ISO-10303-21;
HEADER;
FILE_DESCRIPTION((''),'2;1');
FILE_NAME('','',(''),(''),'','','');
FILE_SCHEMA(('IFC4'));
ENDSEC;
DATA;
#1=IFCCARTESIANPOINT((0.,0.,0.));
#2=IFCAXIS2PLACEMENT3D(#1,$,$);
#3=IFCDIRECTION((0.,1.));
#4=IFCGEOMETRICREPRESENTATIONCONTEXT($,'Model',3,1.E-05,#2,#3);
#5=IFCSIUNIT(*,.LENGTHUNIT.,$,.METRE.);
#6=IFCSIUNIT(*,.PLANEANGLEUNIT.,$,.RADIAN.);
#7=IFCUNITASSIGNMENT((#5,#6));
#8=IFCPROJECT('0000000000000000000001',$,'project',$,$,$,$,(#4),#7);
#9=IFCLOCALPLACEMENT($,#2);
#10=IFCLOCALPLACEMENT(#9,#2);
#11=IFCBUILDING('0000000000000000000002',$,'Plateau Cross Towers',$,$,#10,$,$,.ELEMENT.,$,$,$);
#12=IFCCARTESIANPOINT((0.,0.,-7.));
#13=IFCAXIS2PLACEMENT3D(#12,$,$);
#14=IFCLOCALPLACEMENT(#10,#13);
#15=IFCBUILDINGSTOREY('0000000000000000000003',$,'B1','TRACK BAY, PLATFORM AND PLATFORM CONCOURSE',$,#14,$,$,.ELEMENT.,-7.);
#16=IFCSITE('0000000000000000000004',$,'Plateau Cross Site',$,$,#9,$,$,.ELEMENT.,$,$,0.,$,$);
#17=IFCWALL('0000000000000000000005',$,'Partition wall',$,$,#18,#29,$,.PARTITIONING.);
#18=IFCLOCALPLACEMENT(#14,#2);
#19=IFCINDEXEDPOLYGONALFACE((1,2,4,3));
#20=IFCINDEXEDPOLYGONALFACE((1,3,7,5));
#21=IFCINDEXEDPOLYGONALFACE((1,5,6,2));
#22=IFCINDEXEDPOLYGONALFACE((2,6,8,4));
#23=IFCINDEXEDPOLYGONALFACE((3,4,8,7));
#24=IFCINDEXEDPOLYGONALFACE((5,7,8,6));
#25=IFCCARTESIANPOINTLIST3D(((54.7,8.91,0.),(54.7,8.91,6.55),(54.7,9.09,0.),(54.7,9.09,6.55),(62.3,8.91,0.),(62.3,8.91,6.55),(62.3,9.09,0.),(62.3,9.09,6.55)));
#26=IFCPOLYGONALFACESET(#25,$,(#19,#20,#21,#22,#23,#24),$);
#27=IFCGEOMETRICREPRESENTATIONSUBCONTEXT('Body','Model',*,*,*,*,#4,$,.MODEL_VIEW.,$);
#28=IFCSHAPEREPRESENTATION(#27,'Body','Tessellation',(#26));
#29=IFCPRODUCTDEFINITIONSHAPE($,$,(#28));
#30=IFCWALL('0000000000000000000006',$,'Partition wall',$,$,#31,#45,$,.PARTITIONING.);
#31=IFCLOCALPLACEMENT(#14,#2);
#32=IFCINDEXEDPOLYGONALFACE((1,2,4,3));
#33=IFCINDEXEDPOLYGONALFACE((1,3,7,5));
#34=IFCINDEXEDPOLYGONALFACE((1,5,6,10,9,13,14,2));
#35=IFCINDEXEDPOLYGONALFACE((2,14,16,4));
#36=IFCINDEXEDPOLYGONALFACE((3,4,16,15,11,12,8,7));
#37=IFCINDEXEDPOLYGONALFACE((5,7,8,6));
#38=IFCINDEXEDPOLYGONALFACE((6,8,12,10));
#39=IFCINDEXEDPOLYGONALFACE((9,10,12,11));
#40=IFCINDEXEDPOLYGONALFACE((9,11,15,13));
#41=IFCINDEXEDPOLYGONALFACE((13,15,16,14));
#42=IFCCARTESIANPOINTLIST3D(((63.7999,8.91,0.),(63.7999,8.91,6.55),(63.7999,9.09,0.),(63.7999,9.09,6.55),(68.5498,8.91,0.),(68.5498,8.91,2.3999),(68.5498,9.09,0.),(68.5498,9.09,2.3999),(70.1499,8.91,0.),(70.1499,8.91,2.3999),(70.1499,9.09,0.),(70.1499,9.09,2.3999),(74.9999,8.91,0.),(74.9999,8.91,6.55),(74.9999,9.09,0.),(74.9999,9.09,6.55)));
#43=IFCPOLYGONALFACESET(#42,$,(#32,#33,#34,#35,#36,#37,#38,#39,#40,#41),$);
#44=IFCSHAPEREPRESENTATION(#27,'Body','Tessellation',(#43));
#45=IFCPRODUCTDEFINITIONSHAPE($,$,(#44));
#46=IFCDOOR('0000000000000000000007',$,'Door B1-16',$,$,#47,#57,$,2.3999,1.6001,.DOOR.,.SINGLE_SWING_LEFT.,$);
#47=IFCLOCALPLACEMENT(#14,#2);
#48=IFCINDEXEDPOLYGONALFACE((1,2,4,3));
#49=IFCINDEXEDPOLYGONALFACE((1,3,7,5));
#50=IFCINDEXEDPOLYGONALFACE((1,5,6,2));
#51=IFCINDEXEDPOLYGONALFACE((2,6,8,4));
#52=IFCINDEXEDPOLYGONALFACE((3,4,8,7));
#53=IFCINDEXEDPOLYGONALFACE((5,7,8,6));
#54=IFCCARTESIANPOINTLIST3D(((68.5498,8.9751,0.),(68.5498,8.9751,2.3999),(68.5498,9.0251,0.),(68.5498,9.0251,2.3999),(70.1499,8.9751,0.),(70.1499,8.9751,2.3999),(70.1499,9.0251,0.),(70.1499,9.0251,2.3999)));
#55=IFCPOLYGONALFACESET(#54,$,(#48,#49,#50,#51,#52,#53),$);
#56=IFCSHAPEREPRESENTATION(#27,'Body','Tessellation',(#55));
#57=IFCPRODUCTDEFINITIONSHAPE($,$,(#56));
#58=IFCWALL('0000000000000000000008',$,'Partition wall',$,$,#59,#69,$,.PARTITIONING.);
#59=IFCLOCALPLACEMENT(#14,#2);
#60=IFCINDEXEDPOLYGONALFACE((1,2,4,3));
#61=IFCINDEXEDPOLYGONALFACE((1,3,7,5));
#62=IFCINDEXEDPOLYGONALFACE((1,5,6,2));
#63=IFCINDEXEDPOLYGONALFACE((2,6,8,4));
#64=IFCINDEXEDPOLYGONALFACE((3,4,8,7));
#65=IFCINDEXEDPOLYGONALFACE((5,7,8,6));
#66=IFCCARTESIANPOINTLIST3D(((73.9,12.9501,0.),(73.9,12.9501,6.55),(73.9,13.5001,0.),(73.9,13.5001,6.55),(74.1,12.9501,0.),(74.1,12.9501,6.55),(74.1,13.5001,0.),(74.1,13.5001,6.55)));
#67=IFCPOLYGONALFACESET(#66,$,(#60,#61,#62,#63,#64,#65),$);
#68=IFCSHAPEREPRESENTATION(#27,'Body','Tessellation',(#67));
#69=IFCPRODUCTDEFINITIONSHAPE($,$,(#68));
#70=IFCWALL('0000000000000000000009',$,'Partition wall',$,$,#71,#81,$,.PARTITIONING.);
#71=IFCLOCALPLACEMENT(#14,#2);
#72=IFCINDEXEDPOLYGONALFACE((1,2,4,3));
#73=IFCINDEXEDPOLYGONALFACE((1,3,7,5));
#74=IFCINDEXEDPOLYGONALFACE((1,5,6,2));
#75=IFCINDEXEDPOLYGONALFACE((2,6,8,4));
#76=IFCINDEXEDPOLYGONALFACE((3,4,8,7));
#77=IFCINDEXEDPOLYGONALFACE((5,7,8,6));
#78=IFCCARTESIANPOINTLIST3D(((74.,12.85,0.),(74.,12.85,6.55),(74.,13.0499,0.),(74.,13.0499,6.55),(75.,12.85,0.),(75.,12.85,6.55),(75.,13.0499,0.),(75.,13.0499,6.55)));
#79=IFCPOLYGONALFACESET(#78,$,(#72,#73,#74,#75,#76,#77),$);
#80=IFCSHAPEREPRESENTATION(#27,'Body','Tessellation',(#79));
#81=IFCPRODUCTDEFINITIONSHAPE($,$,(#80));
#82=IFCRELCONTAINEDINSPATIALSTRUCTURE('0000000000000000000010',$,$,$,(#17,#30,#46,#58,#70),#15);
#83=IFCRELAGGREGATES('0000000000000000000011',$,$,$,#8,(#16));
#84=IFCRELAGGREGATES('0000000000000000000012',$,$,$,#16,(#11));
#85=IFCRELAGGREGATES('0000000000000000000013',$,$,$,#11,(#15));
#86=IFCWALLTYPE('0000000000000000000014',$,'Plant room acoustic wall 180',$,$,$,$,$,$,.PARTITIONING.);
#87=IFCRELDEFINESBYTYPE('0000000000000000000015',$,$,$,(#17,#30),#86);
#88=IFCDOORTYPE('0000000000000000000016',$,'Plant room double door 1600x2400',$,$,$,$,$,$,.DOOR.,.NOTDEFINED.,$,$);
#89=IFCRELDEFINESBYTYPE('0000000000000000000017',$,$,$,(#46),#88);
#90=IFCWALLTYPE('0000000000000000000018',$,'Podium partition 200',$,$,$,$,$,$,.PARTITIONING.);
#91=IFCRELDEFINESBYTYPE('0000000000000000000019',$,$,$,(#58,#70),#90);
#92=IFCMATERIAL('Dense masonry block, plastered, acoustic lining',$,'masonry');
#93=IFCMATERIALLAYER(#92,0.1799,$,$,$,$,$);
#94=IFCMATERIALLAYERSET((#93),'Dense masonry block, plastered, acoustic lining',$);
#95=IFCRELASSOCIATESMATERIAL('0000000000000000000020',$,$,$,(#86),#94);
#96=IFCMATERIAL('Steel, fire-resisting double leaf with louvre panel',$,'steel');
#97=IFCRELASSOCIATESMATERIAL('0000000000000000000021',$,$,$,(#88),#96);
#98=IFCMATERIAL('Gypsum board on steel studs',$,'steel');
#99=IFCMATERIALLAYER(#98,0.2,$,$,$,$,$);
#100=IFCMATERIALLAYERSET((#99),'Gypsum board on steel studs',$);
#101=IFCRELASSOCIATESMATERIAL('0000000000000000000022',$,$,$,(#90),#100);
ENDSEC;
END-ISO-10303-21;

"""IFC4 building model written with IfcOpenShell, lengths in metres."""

from ifc_helpers import new_model, si_unit, direction, frame, frame_2d, origin, place, context, subcontext, project, spatial, rectangle, extrude, material, layer, layer_set, type_object, element, fill, save


model = new_model("IFC4")

# Units and contexts
model_context = context("Model", 3, precision=1e-05, world=origin(), true_north=direction((0.0, 1.0)))
body_context = subcontext(model_context, "Body", "Model", "MODEL_VIEW")
ifc_project = project(units=[si_unit("LENGTHUNIT", "METRE"), si_unit("PLANEANGLEUNIT", "RADIAN")], contexts=[model_context])

# Site, building, storey
site_placement = place(None, origin())
site = spatial("IfcSite", under=ifc_project, at=site_placement, Name="Plateau Cross Site", CompositionType="ELEMENT", RefElevation=0.0)
building_placement = place(site_placement, origin())
building = spatial("IfcBuilding", under=site, at=building_placement, Name="Plateau Cross Towers", CompositionType="ELEMENT")
storey_placement = place(building_placement, frame((0.0, 0.0, -7.0)))
storey = spatial("IfcBuildingStorey", under=building, at=storey_placement, Name="B1", Description="TRACK BAY, PLATFORM AND PLATFORM CONCOURSE", CompositionType="ELEMENT", Elevation=-7.0)

# Wall
ifc_material_1 = material(Name="Dense masonry block, plastered, acoustic lining", Category="masonry")
ifc_layer_1 = layer(ifc_material_1, 0.1799)
ifc_layer_set_1 = layer_set([ifc_layer_1], Name="Dense masonry block, plastered, acoustic lining")
wall_type_1 = type_object("IfcWallType", Name="Plant room acoustic wall 180", PredefinedType="PARTITIONING", material=ifc_layer_set_1)
wall_1_placement = place(storey_placement, frame((62.3, 9.0, 0.0), z_axis=(0.0, 0.0, 1.0), x_axis=(-1.0, 0.0, 0.0)))
element("IfcWall", 1, at=wall_1_placement, inside=storey, type_object=wall_type_1, Name="Partition wall", PredefinedType="PARTITIONING", context=body_context, shape_type="SweptSolid", body=[
    extrude(rectangle(XDim=7.6001, YDim=0.1799, at=frame_2d((3.8, 0.0))), origin(), (0.0, 0.0, 1.0), 6.55),
])

# Wall, opening, door
wall_2_placement = place(storey_placement, frame((75.0, 9.0, 0.0), z_axis=(0.0, 0.0, 1.0), x_axis=(-1.0, 0.0, 0.0)))
wall_2 = element("IfcWall", 2, at=wall_2_placement, inside=storey, type_object=wall_type_1, Name="Partition wall", PredefinedType="PARTITIONING", context=body_context, shape_type="SweptSolid", body=[
    extrude(rectangle(XDim=11.2, YDim=0.1799, at=frame_2d((5.6001, 0.0))), origin(), (0.0, 0.0, 1.0), 6.55),
])
opening_placement = place(wall_2_placement, frame((4.8501, 0.0, 0.0)))
opening = element("IfcOpeningElement", 3, at=opening_placement, cuts=wall_2, PredefinedType="OPENING", context=body_context, shape_type="SweptSolid", body=[
    extrude(rectangle(XDim=1.6001, YDim=2.3999, at=frame_2d((0.8, 1.2))), frame((0.0, 0.0999, 0.0), z_axis=(0.0, -1.0, 0.0), x_axis=(1.0, 0.0, 0.0)), (0.0, 0.0, 1.0), 0.2),
])
ifc_material_2 = material(Name="Steel, fire-resisting double leaf with louvre panel", Category="steel")
door_type = type_object("IfcDoorType", Name="Plant room double door 1600x2400", OperationType="NOTDEFINED", PredefinedType="DOOR", material=ifc_material_2)
door_placement = place(opening_placement, origin())
door = element("IfcDoor", 4, at=door_placement, inside=storey, type_object=door_type, Name="Door B1-16", OperationType="SINGLE_SWING_LEFT", OverallHeight=2.3999, OverallWidth=1.6001, PredefinedType="DOOR", context=body_context, shape_type="SweptSolid", body=[
    extrude(rectangle(XDim=1.6001, YDim=2.3999, at=frame_2d((0.8, 1.2))), frame((0.0, 0.0249, 0.0), z_axis=(0.0, -1.0, 0.0), x_axis=(1.0, 0.0, 0.0)), (0.0, 0.0, 1.0), 0.05),
])
fill(opening, door)

# Walls
ifc_material_3 = material(Name="Gypsum board on steel studs", Category="steel")
ifc_layer_2 = layer(ifc_material_3, 0.2)
ifc_layer_set_2 = layer_set([ifc_layer_2], Name="Gypsum board on steel studs")
wall_type_2 = type_object("IfcWallType", Name="Podium partition 200", PredefinedType="PARTITIONING", material=ifc_layer_set_2)
wall_3_placement = place(storey_placement, frame((74.0, 13.5, 0.0), z_axis=(0.0, 0.0, 1.0), x_axis=(0.0, -1.0, 0.0)))
element("IfcWall", 5, at=wall_3_placement, inside=storey, type_object=wall_type_2, Name="Partition wall", PredefinedType="PARTITIONING", context=body_context, shape_type="SweptSolid", body=[
    extrude(rectangle(XDim=0.55, YDim=0.2, at=frame_2d((0.2749, 0.0))), origin(), (0.0, 0.0, 1.0), 6.55),
])
wall_4_placement = place(storey_placement, frame((74.0, 12.95, 0.0), z_axis=(0.0, 0.0, 1.0), x_axis=(1.0, 0.0, 0.0)))
element("IfcWall", 6, at=wall_4_placement, inside=storey, type_object=wall_type_2, Name="Partition wall", PredefinedType="PARTITIONING", context=body_context, shape_type="SweptSolid", body=[
    extrude(rectangle(XDim=1.0, YDim=0.2, at=frame_2d((0.5, 0.0))), origin(), (0.0, 0.0, 1.0), 6.55),
])

save(model, "model.ifc")
